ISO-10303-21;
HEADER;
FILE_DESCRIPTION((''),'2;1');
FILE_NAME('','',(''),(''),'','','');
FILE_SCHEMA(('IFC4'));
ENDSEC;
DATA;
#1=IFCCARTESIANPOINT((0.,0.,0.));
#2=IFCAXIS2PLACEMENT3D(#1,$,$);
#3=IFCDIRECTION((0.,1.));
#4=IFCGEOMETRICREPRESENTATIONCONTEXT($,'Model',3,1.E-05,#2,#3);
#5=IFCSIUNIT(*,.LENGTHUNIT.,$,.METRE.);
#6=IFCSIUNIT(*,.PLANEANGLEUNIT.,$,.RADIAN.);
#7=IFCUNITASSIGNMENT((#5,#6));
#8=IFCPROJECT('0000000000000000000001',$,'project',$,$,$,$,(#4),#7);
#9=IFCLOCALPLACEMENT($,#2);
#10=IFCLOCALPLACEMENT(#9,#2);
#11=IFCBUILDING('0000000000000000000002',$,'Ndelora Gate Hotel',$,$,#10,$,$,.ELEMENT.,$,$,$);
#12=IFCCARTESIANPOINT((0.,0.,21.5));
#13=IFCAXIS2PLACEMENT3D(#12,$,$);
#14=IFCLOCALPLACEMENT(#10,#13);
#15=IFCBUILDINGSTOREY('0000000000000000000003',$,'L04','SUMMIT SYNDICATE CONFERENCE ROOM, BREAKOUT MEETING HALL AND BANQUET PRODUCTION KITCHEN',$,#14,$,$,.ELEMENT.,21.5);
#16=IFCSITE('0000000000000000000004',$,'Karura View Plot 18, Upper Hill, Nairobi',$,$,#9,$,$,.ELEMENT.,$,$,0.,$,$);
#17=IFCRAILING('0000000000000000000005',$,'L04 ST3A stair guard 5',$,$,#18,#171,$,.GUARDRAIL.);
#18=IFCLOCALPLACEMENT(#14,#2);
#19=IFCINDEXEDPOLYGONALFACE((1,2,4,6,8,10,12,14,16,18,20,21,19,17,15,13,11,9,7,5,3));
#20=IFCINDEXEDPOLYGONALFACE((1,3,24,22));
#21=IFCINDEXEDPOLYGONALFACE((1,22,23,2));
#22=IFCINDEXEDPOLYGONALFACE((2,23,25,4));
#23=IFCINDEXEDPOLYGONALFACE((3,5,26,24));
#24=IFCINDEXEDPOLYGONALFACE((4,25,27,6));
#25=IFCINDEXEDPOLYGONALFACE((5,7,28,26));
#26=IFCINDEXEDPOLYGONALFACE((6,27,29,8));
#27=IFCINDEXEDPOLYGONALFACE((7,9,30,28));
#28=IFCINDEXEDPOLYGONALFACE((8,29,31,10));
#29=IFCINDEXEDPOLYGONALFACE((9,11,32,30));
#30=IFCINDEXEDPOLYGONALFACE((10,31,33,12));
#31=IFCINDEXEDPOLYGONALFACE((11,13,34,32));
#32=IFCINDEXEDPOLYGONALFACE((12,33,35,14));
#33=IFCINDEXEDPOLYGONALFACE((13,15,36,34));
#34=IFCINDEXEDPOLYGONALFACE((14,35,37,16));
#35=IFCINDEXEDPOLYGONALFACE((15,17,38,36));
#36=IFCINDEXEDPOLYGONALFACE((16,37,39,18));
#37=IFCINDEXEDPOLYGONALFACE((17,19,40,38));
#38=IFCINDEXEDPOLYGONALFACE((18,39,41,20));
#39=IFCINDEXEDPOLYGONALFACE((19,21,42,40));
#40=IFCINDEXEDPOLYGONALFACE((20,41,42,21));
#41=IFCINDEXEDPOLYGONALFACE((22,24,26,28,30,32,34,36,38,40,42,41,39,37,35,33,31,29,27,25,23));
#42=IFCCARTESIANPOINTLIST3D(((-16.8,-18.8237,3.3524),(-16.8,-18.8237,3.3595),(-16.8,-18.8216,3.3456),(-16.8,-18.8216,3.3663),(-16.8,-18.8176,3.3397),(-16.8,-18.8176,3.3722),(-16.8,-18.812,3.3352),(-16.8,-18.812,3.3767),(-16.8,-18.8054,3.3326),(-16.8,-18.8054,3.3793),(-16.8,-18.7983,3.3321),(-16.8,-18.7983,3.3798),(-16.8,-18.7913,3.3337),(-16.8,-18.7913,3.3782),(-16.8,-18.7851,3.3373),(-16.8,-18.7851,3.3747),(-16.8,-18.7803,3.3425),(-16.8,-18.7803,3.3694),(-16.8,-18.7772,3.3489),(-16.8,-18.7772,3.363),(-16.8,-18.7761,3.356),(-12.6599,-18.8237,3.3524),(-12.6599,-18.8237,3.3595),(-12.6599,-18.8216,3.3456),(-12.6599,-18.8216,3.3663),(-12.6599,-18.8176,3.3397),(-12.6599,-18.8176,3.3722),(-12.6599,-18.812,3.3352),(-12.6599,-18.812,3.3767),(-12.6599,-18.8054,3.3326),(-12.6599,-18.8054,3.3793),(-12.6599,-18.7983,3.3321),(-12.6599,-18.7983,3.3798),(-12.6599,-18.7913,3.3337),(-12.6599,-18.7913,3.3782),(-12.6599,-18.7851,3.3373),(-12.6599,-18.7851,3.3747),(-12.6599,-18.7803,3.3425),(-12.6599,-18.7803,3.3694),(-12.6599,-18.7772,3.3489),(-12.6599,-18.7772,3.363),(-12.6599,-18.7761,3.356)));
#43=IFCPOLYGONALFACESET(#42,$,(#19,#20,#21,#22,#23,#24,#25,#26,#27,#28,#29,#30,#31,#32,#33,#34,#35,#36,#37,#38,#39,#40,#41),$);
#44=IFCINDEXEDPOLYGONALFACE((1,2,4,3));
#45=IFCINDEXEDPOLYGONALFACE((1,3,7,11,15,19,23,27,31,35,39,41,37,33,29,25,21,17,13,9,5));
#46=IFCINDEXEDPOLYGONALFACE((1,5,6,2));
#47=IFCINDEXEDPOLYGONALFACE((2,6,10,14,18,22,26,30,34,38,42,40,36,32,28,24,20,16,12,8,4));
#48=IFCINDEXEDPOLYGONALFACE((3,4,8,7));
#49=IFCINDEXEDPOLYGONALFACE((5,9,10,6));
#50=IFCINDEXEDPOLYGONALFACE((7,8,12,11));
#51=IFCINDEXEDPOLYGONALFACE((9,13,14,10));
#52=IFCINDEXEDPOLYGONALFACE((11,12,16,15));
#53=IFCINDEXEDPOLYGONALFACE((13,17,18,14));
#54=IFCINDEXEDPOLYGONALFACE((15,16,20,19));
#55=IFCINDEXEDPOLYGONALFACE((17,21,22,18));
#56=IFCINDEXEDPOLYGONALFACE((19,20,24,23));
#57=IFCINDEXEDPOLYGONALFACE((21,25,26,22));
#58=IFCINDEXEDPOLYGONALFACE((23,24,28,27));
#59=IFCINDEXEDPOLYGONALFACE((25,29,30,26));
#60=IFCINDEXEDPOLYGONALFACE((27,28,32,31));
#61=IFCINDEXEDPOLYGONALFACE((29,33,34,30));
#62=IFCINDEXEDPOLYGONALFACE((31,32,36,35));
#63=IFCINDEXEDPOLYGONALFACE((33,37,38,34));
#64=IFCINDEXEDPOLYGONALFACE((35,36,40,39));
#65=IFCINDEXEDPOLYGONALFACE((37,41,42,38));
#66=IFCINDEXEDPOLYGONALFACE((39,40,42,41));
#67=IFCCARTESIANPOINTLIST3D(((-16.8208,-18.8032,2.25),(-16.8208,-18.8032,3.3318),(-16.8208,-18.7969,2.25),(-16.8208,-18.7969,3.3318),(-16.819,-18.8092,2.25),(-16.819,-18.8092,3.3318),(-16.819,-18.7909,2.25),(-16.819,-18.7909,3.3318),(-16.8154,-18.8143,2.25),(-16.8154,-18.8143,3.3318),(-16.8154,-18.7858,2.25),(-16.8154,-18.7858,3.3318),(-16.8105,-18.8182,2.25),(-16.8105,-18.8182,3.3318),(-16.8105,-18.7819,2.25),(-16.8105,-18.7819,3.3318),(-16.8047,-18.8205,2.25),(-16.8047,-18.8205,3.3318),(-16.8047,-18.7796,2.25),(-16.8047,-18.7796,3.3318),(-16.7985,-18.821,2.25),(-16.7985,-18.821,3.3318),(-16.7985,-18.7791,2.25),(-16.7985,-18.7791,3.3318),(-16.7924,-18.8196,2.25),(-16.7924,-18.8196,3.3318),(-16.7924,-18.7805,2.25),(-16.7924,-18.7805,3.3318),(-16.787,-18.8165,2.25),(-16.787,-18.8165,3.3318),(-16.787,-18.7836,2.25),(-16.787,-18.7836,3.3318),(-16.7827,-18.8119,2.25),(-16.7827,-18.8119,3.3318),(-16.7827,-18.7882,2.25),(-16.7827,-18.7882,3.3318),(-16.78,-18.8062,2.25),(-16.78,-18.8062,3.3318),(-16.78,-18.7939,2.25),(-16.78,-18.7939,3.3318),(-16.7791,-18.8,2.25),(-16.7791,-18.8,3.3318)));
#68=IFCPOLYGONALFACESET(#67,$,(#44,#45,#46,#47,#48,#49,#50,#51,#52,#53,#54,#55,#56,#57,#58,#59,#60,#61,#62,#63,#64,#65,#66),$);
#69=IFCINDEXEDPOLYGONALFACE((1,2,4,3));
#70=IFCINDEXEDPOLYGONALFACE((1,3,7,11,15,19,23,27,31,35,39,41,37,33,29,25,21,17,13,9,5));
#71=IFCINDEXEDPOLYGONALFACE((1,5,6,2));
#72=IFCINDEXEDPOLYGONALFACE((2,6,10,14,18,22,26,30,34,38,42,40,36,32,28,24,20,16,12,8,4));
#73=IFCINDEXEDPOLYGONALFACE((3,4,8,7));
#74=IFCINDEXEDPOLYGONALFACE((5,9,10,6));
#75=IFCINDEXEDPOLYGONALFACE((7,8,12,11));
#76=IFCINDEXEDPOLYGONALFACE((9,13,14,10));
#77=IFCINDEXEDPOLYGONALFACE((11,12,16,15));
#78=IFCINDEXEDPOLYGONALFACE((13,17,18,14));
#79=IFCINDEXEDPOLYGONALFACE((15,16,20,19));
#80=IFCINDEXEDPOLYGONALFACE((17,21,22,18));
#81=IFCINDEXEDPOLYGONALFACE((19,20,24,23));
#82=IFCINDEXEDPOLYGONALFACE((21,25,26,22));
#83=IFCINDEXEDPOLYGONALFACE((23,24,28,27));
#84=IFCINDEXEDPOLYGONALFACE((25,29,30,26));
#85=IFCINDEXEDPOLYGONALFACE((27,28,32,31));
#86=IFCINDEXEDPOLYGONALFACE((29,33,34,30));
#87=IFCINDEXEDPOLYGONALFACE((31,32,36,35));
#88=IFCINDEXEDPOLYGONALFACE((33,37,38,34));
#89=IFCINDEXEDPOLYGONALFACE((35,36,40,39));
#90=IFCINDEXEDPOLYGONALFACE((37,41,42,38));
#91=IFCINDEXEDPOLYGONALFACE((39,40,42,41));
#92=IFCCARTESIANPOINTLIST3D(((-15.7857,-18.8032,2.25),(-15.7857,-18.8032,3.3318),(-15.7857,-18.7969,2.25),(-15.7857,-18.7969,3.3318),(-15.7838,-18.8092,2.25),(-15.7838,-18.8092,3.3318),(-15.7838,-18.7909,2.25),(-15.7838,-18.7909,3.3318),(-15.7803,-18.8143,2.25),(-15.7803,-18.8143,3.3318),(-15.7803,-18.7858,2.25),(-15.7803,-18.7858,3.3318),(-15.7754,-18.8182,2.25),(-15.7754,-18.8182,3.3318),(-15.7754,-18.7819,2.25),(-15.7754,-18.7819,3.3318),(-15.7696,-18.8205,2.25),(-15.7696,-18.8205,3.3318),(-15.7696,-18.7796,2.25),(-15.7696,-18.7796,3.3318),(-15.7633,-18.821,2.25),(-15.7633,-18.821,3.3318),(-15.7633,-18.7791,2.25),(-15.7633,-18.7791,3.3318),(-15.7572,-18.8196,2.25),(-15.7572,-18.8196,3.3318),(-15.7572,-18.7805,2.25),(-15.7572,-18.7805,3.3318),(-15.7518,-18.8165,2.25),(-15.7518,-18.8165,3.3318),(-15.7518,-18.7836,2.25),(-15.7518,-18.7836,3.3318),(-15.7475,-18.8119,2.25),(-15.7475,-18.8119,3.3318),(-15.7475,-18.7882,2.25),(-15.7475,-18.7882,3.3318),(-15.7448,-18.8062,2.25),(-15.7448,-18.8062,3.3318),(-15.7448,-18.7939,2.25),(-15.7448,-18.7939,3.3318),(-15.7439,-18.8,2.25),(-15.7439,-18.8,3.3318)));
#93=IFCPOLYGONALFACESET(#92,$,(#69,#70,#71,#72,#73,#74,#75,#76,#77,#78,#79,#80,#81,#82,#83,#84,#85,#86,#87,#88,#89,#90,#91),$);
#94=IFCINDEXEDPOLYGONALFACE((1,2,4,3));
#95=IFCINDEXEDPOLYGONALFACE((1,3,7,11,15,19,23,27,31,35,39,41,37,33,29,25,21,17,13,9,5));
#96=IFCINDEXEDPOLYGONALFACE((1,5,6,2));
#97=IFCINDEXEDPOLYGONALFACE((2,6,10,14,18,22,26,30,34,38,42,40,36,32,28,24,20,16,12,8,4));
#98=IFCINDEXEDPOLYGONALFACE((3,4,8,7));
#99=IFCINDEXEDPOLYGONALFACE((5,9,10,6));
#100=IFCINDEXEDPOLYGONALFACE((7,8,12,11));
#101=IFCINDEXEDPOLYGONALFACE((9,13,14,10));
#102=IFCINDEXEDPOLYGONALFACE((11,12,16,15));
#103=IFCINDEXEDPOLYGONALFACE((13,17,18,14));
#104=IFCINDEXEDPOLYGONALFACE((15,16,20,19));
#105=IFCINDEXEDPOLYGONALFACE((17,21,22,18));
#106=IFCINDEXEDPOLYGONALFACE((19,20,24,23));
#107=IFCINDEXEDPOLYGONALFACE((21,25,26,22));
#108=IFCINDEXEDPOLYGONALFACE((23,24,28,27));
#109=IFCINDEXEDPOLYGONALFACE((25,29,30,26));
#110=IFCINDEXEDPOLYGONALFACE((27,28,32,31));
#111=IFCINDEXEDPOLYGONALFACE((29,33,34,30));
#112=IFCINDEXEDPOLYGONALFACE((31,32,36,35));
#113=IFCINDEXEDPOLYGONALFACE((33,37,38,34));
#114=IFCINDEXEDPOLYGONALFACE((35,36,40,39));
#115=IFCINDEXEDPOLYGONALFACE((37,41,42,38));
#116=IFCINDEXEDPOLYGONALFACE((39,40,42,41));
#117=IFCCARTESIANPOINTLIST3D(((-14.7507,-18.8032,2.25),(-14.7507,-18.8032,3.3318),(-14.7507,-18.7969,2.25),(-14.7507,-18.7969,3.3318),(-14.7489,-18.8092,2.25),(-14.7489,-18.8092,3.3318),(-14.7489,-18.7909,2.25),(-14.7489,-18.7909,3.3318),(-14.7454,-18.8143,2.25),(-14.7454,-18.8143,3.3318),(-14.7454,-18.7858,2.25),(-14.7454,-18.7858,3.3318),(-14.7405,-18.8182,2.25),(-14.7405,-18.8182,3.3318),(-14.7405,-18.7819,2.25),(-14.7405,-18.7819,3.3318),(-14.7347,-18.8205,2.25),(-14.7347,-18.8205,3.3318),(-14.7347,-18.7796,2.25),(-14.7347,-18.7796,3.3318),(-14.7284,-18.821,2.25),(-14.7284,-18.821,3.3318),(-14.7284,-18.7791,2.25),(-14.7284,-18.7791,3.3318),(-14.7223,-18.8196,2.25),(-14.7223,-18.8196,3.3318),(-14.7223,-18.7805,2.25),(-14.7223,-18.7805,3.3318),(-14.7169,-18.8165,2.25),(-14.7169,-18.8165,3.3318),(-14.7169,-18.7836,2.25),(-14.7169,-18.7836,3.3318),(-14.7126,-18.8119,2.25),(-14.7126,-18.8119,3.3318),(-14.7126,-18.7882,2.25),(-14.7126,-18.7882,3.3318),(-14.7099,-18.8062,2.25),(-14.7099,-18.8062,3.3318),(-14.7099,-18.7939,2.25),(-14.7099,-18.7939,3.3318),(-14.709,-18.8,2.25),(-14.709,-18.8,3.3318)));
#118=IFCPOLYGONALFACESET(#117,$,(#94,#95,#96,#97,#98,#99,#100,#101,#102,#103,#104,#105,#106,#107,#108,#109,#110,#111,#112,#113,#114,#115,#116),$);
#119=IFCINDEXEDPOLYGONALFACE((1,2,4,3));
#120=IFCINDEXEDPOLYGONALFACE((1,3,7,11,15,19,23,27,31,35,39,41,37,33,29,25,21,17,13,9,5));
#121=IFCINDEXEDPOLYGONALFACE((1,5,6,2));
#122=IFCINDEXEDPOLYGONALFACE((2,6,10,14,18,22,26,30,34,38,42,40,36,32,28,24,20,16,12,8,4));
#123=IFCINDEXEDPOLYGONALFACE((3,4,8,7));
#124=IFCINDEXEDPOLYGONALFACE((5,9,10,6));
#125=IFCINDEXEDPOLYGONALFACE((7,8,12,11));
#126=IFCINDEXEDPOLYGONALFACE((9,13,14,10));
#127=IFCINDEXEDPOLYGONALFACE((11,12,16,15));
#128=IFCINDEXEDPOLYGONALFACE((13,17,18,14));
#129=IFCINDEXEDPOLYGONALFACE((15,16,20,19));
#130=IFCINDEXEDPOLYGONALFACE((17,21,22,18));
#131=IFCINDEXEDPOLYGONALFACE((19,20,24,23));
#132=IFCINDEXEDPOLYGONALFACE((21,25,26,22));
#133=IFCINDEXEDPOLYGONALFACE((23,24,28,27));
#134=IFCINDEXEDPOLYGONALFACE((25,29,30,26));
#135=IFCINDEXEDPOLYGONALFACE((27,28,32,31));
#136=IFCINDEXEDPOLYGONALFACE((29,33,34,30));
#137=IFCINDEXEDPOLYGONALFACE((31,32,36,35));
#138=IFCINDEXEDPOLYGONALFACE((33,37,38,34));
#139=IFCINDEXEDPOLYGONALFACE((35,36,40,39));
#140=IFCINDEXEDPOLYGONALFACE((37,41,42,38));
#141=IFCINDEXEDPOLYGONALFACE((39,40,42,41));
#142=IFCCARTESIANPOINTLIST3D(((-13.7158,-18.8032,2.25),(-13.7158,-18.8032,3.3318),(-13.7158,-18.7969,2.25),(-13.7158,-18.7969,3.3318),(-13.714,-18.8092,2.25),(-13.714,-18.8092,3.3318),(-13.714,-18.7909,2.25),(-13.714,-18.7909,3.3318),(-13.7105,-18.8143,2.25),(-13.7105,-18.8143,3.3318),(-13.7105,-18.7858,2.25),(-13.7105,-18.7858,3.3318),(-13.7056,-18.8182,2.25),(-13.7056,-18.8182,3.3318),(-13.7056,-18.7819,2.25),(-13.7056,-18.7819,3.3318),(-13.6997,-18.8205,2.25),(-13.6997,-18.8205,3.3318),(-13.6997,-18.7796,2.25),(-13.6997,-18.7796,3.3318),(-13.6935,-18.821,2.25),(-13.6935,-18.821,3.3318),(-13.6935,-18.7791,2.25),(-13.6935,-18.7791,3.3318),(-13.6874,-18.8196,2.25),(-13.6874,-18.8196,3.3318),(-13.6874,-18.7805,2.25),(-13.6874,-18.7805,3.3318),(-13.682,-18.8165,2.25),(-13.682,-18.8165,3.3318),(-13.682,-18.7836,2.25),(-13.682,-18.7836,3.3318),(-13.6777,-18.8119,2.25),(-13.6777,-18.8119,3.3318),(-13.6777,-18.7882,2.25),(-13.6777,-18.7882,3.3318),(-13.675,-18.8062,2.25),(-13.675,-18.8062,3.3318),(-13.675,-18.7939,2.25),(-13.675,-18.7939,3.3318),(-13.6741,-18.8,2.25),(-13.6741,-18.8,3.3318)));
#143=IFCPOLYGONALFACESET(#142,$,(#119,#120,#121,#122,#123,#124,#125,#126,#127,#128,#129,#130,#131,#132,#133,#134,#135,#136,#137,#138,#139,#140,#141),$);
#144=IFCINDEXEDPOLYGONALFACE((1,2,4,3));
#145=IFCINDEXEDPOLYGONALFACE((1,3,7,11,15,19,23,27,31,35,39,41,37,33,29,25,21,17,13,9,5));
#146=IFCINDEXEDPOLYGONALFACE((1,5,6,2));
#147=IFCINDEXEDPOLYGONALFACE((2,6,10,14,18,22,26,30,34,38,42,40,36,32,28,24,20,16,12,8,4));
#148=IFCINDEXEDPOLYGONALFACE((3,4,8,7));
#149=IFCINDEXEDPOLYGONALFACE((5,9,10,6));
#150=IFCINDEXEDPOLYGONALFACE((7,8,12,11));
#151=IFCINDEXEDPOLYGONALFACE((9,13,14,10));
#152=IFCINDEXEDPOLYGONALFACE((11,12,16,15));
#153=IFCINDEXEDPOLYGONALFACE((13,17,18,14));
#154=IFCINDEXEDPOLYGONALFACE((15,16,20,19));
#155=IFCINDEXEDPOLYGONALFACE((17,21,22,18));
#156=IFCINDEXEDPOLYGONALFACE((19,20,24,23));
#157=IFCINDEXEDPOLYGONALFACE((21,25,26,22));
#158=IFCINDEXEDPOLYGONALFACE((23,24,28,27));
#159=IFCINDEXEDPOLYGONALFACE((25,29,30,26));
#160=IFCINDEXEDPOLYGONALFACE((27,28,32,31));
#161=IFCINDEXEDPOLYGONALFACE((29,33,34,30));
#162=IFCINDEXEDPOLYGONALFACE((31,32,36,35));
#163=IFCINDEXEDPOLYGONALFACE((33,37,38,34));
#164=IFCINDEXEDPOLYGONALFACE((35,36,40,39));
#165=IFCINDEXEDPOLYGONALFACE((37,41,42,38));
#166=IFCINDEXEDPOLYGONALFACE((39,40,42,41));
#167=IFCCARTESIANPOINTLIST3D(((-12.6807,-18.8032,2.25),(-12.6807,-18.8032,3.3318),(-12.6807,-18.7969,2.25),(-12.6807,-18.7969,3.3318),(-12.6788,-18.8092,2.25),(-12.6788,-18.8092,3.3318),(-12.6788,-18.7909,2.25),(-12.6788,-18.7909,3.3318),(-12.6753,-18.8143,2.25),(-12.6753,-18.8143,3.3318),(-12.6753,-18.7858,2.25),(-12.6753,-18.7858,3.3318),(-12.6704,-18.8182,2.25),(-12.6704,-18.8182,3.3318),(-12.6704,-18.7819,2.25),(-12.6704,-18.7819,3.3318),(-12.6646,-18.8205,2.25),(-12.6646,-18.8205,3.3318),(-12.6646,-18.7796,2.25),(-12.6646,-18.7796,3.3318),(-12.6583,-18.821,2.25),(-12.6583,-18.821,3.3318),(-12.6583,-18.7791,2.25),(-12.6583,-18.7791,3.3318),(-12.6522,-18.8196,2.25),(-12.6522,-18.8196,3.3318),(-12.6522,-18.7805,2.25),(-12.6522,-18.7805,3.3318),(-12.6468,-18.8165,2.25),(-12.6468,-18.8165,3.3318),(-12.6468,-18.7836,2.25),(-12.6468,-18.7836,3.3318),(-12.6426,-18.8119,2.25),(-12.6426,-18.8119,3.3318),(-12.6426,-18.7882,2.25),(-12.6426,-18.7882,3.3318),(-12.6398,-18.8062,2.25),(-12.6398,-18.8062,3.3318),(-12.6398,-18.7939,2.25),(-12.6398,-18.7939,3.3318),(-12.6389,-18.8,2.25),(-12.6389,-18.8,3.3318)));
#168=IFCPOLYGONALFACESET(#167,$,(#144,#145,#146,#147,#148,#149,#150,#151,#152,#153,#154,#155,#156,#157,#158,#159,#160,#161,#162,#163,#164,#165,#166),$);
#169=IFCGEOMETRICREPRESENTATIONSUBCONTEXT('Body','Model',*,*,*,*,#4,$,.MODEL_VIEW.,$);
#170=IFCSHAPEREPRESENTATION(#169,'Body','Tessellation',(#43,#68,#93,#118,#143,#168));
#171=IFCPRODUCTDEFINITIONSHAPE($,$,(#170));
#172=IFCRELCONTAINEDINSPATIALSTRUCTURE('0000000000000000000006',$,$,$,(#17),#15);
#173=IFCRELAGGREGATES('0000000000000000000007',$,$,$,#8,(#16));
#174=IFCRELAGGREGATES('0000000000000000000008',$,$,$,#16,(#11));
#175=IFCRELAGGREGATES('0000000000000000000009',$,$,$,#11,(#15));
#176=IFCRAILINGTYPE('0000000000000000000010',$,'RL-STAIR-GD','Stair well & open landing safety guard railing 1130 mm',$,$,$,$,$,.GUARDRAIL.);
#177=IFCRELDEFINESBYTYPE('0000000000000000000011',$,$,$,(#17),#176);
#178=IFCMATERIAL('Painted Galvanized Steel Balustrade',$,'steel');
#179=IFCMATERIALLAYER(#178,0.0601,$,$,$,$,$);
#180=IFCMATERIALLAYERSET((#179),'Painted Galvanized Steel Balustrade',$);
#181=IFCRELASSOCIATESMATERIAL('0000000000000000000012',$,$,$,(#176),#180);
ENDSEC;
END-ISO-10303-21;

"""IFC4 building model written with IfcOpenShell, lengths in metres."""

from ifc_helpers import new_model, si_unit, direction, frame, origin, origin_2d, place, context, subcontext, project, spatial, circle, extrude, material, layer, layer_set, type_object, element, save


model = new_model("IFC4")

# Units and contexts
model_context = context("Model", 3, precision=1e-05, world=origin(), true_north=direction((0.0, 1.0)))
body_context = subcontext(model_context, "Body", "Model", "MODEL_VIEW")
ifc_project = project(units=[si_unit("LENGTHUNIT", "METRE"), si_unit("PLANEANGLEUNIT", "RADIAN")], contexts=[model_context])

# Site, building, storey
site_placement = place(None, origin())
site = spatial("IfcSite", under=ifc_project, at=site_placement, Name="Karura View Plot 18, Upper Hill, Nairobi", CompositionType="ELEMENT", RefElevation=0.0)
building_placement = place(site_placement, origin())
building = spatial("IfcBuilding", under=site, at=building_placement, Name="Ndelora Gate Hotel", CompositionType="ELEMENT")
storey_placement = place(building_placement, frame((0.0, 0.0, 21.5)))
storey = spatial("IfcBuildingStorey", under=building, at=storey_placement, Name="L04", Description="SUMMIT SYNDICATE CONFERENCE ROOM, BREAKOUT MEETING HALL AND BANQUET PRODUCTION KITCHEN", CompositionType="ELEMENT", Elevation=21.5)

# Railing
ifc_material_1 = material(Name="Painted Galvanized Steel Balustrade", Category="steel")
ifc_layer_1 = layer(ifc_material_1, 0.0601)
ifc_layer_set_1 = layer_set([ifc_layer_1], Name="Painted Galvanized Steel Balustrade")
railing_type_1 = type_object("IfcRailingType", Name="RL-STAIR-GD", Description="Stair well & open landing safety guard railing 1130 mm", PredefinedType="GUARDRAIL", material=ifc_layer_set_1)
railing_1_placement = place(storey_placement, frame((-16.8, -18.8, 2.25)))
element("IfcRailing", 1, at=railing_1_placement, inside=storey, type_object=railing_type_1, Name="L04 ST3A stair guard 5", PredefinedType="GUARDRAIL", context=body_context, shape_type="SweptSolid", body=[
    extrude(circle(Radius=0.0239, at=origin_2d()), frame((0.0, 0.0, 1.106), z_axis=(1.0, 0.0, 0.0), x_axis=(0.0, 1.0, 0.0)), (0.0, 0.0, 1.0), 4.1401),
    extrude(circle(Radius=0.021, at=origin_2d()), origin(), (0.0, 0.0, 1.0), 1.0818),
    extrude(circle(Radius=0.021, at=origin_2d()), frame((1.0352, 0.0, 0.0)), (0.0, 0.0, 1.0), 1.0818),
    extrude(circle(Radius=0.021, at=origin_2d()), frame((2.0701, 0.0, 0.0)), (0.0, 0.0, 1.0), 1.0818),
    extrude(circle(Radius=0.021, at=origin_2d()), frame((3.105, 0.0, 0.0)), (0.0, 0.0, 1.0), 1.0818),
    extrude(circle(Radius=0.021, at=origin_2d()), frame((4.1401, 0.0, 0.0)), (0.0, 0.0, 1.0), 1.0818),
])

save(model, "model.ifc")
